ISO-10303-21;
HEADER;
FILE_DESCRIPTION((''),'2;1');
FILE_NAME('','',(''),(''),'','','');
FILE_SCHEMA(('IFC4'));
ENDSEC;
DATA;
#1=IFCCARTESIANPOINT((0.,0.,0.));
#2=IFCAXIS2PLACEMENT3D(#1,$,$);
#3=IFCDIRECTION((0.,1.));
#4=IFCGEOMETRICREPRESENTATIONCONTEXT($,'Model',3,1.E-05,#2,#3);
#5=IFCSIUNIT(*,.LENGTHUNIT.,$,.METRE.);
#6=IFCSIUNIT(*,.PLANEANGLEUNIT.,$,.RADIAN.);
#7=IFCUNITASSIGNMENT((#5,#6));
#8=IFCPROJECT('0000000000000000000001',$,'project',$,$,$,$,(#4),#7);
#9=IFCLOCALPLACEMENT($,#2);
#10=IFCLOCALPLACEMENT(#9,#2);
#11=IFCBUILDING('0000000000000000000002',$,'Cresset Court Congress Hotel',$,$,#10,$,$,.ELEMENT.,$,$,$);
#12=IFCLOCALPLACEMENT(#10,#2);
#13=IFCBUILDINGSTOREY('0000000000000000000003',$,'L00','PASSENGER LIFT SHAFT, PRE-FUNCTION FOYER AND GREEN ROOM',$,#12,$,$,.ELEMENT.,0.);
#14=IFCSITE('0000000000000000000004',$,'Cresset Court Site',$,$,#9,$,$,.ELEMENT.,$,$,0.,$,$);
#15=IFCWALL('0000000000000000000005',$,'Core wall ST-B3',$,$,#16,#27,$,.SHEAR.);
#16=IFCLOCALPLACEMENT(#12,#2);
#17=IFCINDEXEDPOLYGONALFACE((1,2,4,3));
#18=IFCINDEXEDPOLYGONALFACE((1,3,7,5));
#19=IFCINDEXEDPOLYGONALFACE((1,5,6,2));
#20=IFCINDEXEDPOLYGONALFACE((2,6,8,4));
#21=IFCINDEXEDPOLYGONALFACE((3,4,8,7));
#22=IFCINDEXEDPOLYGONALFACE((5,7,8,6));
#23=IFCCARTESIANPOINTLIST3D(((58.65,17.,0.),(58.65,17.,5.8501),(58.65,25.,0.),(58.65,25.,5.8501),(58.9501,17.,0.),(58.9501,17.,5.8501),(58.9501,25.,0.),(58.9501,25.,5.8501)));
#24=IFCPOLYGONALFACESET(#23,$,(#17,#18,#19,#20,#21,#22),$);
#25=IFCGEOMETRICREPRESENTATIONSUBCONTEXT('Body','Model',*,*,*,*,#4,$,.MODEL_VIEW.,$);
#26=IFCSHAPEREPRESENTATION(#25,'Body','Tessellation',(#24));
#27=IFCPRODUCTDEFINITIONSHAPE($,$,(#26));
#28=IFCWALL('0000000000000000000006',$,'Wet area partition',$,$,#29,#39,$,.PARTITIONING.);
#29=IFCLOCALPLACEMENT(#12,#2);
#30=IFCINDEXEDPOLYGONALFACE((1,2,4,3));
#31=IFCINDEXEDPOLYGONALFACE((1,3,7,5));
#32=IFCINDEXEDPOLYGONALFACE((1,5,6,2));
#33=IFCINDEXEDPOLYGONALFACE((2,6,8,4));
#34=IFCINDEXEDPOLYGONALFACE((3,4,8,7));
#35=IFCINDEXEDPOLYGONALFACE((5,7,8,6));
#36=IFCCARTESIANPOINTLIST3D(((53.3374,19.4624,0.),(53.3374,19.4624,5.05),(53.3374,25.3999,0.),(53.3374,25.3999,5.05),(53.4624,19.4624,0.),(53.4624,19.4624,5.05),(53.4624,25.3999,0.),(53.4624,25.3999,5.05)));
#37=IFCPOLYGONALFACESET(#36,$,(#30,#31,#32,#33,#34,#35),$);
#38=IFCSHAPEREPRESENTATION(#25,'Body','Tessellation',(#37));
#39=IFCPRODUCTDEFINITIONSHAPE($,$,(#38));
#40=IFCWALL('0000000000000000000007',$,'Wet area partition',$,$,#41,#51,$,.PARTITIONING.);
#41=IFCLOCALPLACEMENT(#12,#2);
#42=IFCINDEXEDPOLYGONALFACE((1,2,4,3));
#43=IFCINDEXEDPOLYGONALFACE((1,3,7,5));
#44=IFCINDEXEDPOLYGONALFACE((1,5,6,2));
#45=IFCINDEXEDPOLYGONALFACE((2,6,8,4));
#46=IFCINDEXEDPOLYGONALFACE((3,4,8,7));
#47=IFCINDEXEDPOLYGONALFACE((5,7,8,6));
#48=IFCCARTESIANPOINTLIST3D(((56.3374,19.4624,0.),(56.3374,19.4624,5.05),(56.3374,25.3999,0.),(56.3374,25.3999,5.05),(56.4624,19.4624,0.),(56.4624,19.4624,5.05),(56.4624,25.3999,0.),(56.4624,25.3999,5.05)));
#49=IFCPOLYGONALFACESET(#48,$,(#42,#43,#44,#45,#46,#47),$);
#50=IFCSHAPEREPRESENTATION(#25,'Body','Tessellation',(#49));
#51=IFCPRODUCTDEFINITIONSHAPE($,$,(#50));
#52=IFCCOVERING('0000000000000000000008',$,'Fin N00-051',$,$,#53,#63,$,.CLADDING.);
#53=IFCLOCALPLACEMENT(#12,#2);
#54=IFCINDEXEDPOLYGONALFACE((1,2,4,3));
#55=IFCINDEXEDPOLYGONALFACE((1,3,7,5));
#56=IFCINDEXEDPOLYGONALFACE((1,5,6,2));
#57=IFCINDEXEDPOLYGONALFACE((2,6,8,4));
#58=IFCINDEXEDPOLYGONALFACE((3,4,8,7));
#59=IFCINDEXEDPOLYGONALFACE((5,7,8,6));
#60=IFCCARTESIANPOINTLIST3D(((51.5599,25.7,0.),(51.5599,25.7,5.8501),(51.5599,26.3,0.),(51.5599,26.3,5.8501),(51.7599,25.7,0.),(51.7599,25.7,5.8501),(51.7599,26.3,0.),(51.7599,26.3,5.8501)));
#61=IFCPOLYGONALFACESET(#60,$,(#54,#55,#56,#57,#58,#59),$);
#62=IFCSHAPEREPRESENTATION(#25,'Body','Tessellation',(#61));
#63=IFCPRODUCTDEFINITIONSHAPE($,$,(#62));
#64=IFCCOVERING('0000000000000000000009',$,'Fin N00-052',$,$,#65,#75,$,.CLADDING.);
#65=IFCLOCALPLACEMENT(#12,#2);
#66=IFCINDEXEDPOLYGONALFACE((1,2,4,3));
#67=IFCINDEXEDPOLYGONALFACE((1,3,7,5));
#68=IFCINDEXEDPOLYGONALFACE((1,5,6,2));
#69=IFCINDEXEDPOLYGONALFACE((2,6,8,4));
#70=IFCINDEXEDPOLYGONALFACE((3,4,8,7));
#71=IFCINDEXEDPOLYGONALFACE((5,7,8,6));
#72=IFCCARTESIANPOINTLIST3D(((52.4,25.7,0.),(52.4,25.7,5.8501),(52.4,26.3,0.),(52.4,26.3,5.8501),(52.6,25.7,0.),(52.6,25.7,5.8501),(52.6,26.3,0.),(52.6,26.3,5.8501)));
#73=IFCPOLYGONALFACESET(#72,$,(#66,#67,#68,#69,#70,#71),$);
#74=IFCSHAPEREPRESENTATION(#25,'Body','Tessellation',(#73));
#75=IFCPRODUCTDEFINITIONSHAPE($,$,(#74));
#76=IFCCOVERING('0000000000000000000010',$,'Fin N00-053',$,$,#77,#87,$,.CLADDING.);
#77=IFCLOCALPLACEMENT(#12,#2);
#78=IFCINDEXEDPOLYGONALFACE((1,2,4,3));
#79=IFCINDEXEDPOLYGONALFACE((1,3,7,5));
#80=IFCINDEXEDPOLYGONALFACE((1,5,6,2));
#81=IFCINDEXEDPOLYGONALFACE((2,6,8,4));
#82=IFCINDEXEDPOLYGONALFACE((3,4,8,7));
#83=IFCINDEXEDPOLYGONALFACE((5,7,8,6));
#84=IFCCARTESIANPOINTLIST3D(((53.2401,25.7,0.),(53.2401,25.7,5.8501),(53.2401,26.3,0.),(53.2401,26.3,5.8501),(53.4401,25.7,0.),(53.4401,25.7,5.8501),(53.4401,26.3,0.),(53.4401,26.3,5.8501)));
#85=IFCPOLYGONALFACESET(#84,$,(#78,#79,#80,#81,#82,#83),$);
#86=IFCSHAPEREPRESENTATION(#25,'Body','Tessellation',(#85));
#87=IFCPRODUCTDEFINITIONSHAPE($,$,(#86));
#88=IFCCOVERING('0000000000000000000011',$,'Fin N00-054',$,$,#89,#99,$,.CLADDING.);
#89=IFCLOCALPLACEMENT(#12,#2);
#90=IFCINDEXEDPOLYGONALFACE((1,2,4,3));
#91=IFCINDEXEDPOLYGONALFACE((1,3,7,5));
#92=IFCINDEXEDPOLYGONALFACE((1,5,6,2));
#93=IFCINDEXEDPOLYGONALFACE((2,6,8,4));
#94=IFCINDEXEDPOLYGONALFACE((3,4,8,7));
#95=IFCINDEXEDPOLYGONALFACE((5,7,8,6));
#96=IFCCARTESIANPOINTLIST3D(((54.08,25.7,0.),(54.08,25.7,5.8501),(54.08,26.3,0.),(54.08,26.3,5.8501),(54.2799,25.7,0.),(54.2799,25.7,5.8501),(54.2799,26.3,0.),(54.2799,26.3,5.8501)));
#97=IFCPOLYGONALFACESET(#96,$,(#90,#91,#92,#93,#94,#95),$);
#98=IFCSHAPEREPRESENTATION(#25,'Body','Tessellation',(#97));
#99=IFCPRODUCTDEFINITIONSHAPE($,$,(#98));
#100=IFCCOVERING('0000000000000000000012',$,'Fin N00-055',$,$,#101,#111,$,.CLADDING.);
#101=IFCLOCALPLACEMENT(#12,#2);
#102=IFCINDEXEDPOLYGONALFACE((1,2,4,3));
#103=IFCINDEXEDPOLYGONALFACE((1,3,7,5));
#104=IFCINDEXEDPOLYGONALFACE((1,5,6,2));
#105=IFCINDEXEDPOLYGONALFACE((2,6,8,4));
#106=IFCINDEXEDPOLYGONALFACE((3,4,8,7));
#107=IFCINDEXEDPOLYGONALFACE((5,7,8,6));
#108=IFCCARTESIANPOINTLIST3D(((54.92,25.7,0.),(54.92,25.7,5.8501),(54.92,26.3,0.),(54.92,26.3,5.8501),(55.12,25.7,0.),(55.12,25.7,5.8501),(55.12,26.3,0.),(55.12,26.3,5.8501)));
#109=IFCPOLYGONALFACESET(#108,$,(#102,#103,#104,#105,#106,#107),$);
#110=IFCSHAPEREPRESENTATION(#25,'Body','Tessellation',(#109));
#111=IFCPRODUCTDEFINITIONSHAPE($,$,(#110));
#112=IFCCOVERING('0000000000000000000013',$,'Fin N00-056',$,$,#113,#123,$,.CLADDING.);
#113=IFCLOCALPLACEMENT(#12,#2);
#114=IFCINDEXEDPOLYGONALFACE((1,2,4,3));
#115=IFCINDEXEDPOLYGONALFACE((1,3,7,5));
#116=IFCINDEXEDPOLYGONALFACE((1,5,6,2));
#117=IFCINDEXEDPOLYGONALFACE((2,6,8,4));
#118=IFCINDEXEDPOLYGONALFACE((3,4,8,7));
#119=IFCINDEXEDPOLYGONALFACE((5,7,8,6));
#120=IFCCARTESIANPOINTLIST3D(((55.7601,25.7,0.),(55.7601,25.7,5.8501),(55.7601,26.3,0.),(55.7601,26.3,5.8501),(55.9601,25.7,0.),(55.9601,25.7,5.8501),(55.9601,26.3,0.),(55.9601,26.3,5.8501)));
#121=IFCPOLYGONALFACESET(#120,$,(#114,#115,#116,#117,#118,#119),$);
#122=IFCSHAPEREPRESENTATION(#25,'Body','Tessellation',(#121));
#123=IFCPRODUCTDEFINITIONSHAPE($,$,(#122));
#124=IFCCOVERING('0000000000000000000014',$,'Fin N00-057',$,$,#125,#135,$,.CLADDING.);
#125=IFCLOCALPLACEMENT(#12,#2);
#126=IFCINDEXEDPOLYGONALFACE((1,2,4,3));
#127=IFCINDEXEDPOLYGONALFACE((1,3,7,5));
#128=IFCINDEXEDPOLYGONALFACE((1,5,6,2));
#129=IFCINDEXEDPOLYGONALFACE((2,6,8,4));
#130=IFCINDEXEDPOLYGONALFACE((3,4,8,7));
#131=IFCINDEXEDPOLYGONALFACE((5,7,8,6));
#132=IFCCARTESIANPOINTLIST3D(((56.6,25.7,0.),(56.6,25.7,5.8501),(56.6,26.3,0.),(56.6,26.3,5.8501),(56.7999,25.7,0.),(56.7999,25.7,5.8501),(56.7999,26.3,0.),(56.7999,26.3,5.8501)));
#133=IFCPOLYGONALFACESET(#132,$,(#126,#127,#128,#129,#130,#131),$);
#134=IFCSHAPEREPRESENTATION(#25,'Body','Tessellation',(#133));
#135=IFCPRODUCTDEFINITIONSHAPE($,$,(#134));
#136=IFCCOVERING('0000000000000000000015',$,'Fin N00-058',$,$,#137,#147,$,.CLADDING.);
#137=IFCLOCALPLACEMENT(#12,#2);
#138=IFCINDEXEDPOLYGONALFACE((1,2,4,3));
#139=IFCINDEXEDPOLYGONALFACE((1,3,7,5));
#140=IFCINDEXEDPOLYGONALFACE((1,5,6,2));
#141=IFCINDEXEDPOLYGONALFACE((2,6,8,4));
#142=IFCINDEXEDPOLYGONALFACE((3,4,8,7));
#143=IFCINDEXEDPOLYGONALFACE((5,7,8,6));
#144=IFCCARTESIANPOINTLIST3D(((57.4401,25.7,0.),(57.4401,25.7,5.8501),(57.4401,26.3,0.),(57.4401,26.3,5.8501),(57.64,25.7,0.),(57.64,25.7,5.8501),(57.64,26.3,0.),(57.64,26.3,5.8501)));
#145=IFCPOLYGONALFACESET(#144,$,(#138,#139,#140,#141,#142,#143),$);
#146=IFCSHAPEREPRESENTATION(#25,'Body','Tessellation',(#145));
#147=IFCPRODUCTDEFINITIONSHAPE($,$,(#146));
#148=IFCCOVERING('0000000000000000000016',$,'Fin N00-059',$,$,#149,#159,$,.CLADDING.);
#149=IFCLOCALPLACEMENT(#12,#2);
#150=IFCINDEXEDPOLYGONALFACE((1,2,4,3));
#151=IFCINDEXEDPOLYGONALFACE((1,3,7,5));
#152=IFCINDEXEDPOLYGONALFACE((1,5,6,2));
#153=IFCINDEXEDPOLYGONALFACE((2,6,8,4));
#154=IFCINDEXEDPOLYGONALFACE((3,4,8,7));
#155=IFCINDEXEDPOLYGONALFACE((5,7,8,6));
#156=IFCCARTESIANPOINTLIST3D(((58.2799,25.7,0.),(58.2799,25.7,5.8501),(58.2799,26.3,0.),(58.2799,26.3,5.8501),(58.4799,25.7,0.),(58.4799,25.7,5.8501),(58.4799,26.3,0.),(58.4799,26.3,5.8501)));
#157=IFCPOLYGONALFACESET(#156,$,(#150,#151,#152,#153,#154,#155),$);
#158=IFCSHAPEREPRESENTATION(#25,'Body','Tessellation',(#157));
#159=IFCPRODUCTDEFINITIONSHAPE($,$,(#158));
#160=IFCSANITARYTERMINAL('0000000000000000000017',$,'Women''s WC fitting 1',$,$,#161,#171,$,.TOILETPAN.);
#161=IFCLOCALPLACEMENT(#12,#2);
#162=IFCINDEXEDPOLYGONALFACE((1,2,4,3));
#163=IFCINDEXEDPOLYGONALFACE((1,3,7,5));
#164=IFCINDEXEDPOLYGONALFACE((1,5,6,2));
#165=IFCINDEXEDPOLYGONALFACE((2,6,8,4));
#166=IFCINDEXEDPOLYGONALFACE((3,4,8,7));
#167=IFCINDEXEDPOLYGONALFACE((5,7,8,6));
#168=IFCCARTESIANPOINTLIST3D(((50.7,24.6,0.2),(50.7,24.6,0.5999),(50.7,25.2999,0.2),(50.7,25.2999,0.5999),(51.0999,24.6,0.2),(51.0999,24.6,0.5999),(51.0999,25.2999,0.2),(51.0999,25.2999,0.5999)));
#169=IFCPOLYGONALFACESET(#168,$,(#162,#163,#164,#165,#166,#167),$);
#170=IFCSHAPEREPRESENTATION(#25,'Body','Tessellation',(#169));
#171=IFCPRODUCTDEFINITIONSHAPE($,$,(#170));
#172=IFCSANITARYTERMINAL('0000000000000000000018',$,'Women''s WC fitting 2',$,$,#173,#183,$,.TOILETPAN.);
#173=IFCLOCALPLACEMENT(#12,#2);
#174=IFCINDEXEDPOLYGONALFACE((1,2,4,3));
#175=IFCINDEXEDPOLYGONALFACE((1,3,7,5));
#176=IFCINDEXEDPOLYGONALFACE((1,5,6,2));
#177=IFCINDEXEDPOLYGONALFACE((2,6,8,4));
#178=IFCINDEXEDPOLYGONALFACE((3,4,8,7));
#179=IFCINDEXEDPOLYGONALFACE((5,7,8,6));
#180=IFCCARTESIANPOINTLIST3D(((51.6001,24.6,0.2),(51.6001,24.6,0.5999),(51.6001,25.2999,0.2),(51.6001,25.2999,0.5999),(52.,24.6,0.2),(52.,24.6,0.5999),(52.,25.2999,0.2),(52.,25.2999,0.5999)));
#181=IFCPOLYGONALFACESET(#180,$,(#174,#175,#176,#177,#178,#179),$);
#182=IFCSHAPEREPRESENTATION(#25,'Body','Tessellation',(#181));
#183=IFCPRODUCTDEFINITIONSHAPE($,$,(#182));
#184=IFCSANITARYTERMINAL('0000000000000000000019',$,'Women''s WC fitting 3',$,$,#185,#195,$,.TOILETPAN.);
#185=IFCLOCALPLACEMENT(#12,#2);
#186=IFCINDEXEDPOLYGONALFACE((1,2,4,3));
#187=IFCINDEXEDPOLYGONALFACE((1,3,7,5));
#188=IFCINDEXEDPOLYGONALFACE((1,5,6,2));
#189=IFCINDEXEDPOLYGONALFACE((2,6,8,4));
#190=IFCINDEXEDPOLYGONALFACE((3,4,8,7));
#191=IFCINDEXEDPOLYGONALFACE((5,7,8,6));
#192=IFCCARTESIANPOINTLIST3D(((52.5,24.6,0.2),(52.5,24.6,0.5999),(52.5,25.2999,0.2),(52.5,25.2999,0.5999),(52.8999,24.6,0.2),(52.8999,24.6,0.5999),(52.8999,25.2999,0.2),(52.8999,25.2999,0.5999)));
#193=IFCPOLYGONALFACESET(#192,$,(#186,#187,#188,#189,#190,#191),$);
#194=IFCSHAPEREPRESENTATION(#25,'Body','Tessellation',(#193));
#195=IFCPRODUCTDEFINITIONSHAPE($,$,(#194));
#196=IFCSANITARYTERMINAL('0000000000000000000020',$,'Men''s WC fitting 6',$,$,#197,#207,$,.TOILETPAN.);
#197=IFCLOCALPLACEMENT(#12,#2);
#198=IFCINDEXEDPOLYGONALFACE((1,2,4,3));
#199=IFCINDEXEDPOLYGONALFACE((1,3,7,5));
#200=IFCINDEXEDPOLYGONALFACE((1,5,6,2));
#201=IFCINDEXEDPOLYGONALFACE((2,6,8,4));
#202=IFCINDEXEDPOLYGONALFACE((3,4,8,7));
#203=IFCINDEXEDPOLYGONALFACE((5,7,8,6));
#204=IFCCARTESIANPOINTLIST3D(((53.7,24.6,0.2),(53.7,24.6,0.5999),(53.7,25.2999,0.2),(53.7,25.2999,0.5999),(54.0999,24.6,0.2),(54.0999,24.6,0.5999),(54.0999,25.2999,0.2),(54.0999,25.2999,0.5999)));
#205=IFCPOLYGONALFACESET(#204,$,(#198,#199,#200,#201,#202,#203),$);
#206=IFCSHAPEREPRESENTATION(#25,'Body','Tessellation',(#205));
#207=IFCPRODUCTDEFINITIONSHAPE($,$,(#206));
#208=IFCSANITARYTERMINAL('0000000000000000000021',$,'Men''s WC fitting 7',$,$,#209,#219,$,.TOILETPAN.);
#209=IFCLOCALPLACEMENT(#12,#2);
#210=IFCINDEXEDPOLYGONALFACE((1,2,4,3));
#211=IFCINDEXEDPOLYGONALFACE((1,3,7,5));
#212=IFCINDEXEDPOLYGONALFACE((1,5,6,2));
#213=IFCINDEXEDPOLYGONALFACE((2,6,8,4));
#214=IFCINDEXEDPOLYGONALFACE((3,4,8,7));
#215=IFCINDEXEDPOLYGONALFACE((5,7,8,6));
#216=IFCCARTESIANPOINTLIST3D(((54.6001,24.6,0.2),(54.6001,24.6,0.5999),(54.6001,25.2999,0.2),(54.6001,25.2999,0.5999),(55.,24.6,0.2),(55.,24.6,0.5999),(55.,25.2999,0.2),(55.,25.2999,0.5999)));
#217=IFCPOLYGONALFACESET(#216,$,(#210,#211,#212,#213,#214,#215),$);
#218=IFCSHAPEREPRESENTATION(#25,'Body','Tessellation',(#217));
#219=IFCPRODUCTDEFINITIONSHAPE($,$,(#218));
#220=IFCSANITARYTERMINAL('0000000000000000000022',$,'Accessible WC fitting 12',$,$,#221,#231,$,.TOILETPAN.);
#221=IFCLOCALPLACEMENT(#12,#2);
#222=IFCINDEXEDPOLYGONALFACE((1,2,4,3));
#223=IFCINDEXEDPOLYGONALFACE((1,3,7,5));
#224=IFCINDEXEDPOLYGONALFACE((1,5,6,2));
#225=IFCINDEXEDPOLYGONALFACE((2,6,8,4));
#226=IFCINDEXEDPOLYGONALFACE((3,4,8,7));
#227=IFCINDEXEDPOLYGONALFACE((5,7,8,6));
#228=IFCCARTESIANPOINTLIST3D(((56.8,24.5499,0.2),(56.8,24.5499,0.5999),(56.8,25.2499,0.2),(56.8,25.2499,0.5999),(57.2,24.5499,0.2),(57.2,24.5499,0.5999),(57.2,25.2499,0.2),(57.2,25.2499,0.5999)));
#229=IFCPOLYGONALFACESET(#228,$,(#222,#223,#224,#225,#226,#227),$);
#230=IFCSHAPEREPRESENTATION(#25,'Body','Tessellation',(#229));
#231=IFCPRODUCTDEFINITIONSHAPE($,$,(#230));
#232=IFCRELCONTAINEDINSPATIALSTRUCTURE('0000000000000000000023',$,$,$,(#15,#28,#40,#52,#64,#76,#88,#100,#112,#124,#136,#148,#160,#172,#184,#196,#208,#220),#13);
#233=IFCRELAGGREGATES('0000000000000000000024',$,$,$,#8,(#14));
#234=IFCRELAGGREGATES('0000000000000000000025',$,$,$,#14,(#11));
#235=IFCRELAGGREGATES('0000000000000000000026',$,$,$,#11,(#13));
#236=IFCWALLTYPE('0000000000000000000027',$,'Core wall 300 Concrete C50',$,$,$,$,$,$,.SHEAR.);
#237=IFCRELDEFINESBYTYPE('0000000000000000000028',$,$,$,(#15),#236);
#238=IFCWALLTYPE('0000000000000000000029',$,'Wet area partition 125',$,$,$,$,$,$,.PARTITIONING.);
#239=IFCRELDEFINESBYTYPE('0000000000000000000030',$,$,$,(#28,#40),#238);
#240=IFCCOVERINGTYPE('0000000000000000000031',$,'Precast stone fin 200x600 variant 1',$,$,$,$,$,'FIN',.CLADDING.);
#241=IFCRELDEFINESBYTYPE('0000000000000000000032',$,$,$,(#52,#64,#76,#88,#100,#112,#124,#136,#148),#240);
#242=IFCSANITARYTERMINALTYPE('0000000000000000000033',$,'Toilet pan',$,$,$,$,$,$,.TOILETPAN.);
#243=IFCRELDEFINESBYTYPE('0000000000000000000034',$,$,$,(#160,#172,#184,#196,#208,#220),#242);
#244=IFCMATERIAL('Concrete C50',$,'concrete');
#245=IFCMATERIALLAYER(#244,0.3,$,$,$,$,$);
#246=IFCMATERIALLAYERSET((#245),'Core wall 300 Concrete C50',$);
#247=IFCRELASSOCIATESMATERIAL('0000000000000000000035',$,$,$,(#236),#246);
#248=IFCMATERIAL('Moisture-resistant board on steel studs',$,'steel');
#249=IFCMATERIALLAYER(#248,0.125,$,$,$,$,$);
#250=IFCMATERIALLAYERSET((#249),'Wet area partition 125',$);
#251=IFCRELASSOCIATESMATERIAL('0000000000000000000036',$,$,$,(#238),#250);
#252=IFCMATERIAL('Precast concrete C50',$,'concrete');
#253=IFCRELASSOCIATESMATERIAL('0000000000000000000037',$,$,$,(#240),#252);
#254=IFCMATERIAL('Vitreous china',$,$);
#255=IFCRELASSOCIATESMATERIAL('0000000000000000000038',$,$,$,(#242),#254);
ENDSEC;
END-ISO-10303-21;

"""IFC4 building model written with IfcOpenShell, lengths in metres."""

from ifc_helpers import new_model, si_unit, direction, frame, frame_2d, origin, origin_2d, place, context, subcontext, project, spatial, rectangle, extrude, material, layer, layer_set, type_object, element, save


model = new_model("IFC4")

# Units and contexts
model_context = context("Model", 3, precision=1e-05, world=origin(), true_north=direction((0.0, 1.0)))
body_context = subcontext(model_context, "Body", "Model", "MODEL_VIEW")
ifc_project = project(units=[si_unit("LENGTHUNIT", "METRE"), si_unit("PLANEANGLEUNIT", "RADIAN")], contexts=[model_context])

# Site, building, storey
site_placement = place(None, origin())
site = spatial("IfcSite", under=ifc_project, at=site_placement, Name="Cresset Court Site", CompositionType="ELEMENT", RefElevation=0.0)
building_placement = place(site_placement, origin())
building = spatial("IfcBuilding", under=site, at=building_placement, Name="Cresset Court Congress Hotel", CompositionType="ELEMENT")
storey_placement = place(building_placement, origin())
storey = spatial("IfcBuildingStorey", under=building, at=storey_placement, Name="L00", Description="PASSENGER LIFT SHAFT, PRE-FUNCTION FOYER AND GREEN ROOM", CompositionType="ELEMENT", Elevation=0.0)

# Walls
ifc_material_1 = material(Name="Concrete C50", Category="concrete")
ifc_layer_1 = layer(ifc_material_1, 0.3)
ifc_layer_set_1 = layer_set([ifc_layer_1], Name="Core wall 300 Concrete C50")
wall_type_1 = type_object("IfcWallType", Name="Core wall 300 Concrete C50", PredefinedType="SHEAR", material=ifc_layer_set_1)
wall_placement = place(storey_placement, frame((58.8, 17.0, 0.0), z_axis=(0.0, 0.0, 1.0), x_axis=(0.0, 1.0, 0.0)))
element("IfcWall", 1, at=wall_placement, inside=storey, type_object=wall_type_1, Name="Core wall ST-B3", PredefinedType="SHEAR", context=body_context, shape_type="SweptSolid", body=[
    extrude(rectangle(XDim=8.0, YDim=0.3, at=frame_2d((4.0, 0.0))), origin(), (0.0, 0.0, 1.0), 5.8501),
])
ifc_material_2 = material(Name="Moisture-resistant board on steel studs", Category="steel")
ifc_layer_2 = layer(ifc_material_2, 0.125)
ifc_layer_set_2 = layer_set([ifc_layer_2], Name="Wet area partition 125")
wall_type_2 = type_object("IfcWallType", Name="Wet area partition 125", PredefinedType="PARTITIONING", material=ifc_layer_set_2)
for number, where, z_axis, x_axis, name in (
    (2, (53.3999, 19.4624, 0.0), (0.0, 0.0, 1.0), (0.0, 1.0, 0.0), "Wet area partition"),
    (3, (56.3999, 19.4624, 0.0), (0.0, 0.0, 1.0), (0.0, 1.0, 0.0), "Wet area partition"),
):
    element("IfcWall", number, at=place(storey_placement, frame(where, z_axis=z_axis, x_axis=x_axis)), inside=storey, type_object=wall_type_2, Name=name, PredefinedType="PARTITIONING", context=body_context, shape_type="SweptSolid", body=[
        extrude(rectangle(XDim=5.9375, YDim=0.125, at=frame_2d((2.9688, 0.0))), origin(), (0.0, 0.0, 1.0), 5.05),
    ])

# Coverings
ifc_material_3 = material(Name="Precast concrete C50", Category="concrete")
covering_type = type_object("IfcCoveringType", Name="Precast stone fin 200x600 variant 1", ElementType="FIN", PredefinedType="CLADDING", material=ifc_material_3)
for number, where, z_axis, x_axis, name in (
    (4, (51.6599, 26.0, 0.0), (0.0, 0.0, 1.0), (1.0, 0.0, 0.0), "Fin N00-051"),
    (5, (52.5, 26.0, 0.0), (0.0, 0.0, 1.0), (1.0, 0.0, 0.0), "Fin N00-052"),
    (6, (53.3401, 26.0, 0.0), (0.0, 0.0, 1.0), (1.0, 0.0, 0.0), "Fin N00-053"),
    (7, (54.1799, 26.0, 0.0), (0.0, 0.0, 1.0), (1.0, 0.0, 0.0), "Fin N00-054"),
    (8, (55.02, 26.0, 0.0), (0.0, 0.0, 1.0), (1.0, 0.0, 0.0), "Fin N00-055"),
    (9, (55.8601, 26.0, 0.0), (0.0, 0.0, 1.0), (1.0, 0.0, 0.0), "Fin N00-056"),
    (10, (56.7, 26.0, 0.0), (0.0, 0.0, 1.0), (1.0, 0.0, 0.0), "Fin N00-057"),
    (11, (57.54, 26.0, 0.0), (0.0, 0.0, 1.0), (1.0, 0.0, 0.0), "Fin N00-058"),
    (12, (58.3799, 26.0, 0.0), (0.0, 0.0, 1.0), (1.0, 0.0, 0.0), "Fin N00-059"),
):
    element("IfcCovering", number, at=place(storey_placement, frame(where, z_axis=z_axis, x_axis=x_axis)), inside=storey, type_object=covering_type, Name=name, PredefinedType="CLADDING", context=body_context, shape_type="SweptSolid", body=[
        extrude(rectangle(XDim=0.2, YDim=0.6001, at=origin_2d()), origin(), (0.0, 0.0, 1.0), 5.8501),
    ])

# Sanitary terminals
ifc_material_4 = material(Name="Vitreous china")
sanitary_terminal_type_1 = type_object("IfcSanitaryTerminalType", Name="Toilet pan", PredefinedType="TOILETPAN", material=ifc_material_4)
for number, where, z_axis, x_axis, name in (
    (13, (50.8999, 24.95, 0.2), (0.0, 0.0, 1.0), (1.0, 0.0, 0.0), "Women's WC fitting 1"),
    (14, (51.8, 24.95, 0.2), (0.0, 0.0, 1.0), (1.0, 0.0, 0.0), "Women's WC fitting 2"),
    (15, (52.7, 24.95, 0.2), (0.0, 0.0, 1.0), (1.0, 0.0, 0.0), "Women's WC fitting 3"),
    (16, (53.8999, 24.95, 0.2), (0.0, 0.0, 1.0), (1.0, 0.0, 0.0), "Men's WC fitting 6"),
    (17, (54.8, 24.95, 0.2), (0.0, 0.0, 1.0), (1.0, 0.0, 0.0), "Men's WC fitting 7"),
    (18, (57.0, 24.8999, 0.2), (0.0, 0.0, 1.0), (1.0, 0.0, 0.0), "Accessible WC fitting 12"),
):
    element("IfcSanitaryTerminal", number, at=place(storey_placement, frame(where, z_axis=z_axis, x_axis=x_axis)), inside=storey, type_object=sanitary_terminal_type_1, Name=name, PredefinedType="TOILETPAN", context=body_context, shape_type="SweptSolid", body=[
        extrude(rectangle(XDim=0.3999, YDim=0.7, at=origin_2d()), origin(), (0.0, 0.0, 1.0), 0.3999),
    ])

save(model, "model.ifc")
